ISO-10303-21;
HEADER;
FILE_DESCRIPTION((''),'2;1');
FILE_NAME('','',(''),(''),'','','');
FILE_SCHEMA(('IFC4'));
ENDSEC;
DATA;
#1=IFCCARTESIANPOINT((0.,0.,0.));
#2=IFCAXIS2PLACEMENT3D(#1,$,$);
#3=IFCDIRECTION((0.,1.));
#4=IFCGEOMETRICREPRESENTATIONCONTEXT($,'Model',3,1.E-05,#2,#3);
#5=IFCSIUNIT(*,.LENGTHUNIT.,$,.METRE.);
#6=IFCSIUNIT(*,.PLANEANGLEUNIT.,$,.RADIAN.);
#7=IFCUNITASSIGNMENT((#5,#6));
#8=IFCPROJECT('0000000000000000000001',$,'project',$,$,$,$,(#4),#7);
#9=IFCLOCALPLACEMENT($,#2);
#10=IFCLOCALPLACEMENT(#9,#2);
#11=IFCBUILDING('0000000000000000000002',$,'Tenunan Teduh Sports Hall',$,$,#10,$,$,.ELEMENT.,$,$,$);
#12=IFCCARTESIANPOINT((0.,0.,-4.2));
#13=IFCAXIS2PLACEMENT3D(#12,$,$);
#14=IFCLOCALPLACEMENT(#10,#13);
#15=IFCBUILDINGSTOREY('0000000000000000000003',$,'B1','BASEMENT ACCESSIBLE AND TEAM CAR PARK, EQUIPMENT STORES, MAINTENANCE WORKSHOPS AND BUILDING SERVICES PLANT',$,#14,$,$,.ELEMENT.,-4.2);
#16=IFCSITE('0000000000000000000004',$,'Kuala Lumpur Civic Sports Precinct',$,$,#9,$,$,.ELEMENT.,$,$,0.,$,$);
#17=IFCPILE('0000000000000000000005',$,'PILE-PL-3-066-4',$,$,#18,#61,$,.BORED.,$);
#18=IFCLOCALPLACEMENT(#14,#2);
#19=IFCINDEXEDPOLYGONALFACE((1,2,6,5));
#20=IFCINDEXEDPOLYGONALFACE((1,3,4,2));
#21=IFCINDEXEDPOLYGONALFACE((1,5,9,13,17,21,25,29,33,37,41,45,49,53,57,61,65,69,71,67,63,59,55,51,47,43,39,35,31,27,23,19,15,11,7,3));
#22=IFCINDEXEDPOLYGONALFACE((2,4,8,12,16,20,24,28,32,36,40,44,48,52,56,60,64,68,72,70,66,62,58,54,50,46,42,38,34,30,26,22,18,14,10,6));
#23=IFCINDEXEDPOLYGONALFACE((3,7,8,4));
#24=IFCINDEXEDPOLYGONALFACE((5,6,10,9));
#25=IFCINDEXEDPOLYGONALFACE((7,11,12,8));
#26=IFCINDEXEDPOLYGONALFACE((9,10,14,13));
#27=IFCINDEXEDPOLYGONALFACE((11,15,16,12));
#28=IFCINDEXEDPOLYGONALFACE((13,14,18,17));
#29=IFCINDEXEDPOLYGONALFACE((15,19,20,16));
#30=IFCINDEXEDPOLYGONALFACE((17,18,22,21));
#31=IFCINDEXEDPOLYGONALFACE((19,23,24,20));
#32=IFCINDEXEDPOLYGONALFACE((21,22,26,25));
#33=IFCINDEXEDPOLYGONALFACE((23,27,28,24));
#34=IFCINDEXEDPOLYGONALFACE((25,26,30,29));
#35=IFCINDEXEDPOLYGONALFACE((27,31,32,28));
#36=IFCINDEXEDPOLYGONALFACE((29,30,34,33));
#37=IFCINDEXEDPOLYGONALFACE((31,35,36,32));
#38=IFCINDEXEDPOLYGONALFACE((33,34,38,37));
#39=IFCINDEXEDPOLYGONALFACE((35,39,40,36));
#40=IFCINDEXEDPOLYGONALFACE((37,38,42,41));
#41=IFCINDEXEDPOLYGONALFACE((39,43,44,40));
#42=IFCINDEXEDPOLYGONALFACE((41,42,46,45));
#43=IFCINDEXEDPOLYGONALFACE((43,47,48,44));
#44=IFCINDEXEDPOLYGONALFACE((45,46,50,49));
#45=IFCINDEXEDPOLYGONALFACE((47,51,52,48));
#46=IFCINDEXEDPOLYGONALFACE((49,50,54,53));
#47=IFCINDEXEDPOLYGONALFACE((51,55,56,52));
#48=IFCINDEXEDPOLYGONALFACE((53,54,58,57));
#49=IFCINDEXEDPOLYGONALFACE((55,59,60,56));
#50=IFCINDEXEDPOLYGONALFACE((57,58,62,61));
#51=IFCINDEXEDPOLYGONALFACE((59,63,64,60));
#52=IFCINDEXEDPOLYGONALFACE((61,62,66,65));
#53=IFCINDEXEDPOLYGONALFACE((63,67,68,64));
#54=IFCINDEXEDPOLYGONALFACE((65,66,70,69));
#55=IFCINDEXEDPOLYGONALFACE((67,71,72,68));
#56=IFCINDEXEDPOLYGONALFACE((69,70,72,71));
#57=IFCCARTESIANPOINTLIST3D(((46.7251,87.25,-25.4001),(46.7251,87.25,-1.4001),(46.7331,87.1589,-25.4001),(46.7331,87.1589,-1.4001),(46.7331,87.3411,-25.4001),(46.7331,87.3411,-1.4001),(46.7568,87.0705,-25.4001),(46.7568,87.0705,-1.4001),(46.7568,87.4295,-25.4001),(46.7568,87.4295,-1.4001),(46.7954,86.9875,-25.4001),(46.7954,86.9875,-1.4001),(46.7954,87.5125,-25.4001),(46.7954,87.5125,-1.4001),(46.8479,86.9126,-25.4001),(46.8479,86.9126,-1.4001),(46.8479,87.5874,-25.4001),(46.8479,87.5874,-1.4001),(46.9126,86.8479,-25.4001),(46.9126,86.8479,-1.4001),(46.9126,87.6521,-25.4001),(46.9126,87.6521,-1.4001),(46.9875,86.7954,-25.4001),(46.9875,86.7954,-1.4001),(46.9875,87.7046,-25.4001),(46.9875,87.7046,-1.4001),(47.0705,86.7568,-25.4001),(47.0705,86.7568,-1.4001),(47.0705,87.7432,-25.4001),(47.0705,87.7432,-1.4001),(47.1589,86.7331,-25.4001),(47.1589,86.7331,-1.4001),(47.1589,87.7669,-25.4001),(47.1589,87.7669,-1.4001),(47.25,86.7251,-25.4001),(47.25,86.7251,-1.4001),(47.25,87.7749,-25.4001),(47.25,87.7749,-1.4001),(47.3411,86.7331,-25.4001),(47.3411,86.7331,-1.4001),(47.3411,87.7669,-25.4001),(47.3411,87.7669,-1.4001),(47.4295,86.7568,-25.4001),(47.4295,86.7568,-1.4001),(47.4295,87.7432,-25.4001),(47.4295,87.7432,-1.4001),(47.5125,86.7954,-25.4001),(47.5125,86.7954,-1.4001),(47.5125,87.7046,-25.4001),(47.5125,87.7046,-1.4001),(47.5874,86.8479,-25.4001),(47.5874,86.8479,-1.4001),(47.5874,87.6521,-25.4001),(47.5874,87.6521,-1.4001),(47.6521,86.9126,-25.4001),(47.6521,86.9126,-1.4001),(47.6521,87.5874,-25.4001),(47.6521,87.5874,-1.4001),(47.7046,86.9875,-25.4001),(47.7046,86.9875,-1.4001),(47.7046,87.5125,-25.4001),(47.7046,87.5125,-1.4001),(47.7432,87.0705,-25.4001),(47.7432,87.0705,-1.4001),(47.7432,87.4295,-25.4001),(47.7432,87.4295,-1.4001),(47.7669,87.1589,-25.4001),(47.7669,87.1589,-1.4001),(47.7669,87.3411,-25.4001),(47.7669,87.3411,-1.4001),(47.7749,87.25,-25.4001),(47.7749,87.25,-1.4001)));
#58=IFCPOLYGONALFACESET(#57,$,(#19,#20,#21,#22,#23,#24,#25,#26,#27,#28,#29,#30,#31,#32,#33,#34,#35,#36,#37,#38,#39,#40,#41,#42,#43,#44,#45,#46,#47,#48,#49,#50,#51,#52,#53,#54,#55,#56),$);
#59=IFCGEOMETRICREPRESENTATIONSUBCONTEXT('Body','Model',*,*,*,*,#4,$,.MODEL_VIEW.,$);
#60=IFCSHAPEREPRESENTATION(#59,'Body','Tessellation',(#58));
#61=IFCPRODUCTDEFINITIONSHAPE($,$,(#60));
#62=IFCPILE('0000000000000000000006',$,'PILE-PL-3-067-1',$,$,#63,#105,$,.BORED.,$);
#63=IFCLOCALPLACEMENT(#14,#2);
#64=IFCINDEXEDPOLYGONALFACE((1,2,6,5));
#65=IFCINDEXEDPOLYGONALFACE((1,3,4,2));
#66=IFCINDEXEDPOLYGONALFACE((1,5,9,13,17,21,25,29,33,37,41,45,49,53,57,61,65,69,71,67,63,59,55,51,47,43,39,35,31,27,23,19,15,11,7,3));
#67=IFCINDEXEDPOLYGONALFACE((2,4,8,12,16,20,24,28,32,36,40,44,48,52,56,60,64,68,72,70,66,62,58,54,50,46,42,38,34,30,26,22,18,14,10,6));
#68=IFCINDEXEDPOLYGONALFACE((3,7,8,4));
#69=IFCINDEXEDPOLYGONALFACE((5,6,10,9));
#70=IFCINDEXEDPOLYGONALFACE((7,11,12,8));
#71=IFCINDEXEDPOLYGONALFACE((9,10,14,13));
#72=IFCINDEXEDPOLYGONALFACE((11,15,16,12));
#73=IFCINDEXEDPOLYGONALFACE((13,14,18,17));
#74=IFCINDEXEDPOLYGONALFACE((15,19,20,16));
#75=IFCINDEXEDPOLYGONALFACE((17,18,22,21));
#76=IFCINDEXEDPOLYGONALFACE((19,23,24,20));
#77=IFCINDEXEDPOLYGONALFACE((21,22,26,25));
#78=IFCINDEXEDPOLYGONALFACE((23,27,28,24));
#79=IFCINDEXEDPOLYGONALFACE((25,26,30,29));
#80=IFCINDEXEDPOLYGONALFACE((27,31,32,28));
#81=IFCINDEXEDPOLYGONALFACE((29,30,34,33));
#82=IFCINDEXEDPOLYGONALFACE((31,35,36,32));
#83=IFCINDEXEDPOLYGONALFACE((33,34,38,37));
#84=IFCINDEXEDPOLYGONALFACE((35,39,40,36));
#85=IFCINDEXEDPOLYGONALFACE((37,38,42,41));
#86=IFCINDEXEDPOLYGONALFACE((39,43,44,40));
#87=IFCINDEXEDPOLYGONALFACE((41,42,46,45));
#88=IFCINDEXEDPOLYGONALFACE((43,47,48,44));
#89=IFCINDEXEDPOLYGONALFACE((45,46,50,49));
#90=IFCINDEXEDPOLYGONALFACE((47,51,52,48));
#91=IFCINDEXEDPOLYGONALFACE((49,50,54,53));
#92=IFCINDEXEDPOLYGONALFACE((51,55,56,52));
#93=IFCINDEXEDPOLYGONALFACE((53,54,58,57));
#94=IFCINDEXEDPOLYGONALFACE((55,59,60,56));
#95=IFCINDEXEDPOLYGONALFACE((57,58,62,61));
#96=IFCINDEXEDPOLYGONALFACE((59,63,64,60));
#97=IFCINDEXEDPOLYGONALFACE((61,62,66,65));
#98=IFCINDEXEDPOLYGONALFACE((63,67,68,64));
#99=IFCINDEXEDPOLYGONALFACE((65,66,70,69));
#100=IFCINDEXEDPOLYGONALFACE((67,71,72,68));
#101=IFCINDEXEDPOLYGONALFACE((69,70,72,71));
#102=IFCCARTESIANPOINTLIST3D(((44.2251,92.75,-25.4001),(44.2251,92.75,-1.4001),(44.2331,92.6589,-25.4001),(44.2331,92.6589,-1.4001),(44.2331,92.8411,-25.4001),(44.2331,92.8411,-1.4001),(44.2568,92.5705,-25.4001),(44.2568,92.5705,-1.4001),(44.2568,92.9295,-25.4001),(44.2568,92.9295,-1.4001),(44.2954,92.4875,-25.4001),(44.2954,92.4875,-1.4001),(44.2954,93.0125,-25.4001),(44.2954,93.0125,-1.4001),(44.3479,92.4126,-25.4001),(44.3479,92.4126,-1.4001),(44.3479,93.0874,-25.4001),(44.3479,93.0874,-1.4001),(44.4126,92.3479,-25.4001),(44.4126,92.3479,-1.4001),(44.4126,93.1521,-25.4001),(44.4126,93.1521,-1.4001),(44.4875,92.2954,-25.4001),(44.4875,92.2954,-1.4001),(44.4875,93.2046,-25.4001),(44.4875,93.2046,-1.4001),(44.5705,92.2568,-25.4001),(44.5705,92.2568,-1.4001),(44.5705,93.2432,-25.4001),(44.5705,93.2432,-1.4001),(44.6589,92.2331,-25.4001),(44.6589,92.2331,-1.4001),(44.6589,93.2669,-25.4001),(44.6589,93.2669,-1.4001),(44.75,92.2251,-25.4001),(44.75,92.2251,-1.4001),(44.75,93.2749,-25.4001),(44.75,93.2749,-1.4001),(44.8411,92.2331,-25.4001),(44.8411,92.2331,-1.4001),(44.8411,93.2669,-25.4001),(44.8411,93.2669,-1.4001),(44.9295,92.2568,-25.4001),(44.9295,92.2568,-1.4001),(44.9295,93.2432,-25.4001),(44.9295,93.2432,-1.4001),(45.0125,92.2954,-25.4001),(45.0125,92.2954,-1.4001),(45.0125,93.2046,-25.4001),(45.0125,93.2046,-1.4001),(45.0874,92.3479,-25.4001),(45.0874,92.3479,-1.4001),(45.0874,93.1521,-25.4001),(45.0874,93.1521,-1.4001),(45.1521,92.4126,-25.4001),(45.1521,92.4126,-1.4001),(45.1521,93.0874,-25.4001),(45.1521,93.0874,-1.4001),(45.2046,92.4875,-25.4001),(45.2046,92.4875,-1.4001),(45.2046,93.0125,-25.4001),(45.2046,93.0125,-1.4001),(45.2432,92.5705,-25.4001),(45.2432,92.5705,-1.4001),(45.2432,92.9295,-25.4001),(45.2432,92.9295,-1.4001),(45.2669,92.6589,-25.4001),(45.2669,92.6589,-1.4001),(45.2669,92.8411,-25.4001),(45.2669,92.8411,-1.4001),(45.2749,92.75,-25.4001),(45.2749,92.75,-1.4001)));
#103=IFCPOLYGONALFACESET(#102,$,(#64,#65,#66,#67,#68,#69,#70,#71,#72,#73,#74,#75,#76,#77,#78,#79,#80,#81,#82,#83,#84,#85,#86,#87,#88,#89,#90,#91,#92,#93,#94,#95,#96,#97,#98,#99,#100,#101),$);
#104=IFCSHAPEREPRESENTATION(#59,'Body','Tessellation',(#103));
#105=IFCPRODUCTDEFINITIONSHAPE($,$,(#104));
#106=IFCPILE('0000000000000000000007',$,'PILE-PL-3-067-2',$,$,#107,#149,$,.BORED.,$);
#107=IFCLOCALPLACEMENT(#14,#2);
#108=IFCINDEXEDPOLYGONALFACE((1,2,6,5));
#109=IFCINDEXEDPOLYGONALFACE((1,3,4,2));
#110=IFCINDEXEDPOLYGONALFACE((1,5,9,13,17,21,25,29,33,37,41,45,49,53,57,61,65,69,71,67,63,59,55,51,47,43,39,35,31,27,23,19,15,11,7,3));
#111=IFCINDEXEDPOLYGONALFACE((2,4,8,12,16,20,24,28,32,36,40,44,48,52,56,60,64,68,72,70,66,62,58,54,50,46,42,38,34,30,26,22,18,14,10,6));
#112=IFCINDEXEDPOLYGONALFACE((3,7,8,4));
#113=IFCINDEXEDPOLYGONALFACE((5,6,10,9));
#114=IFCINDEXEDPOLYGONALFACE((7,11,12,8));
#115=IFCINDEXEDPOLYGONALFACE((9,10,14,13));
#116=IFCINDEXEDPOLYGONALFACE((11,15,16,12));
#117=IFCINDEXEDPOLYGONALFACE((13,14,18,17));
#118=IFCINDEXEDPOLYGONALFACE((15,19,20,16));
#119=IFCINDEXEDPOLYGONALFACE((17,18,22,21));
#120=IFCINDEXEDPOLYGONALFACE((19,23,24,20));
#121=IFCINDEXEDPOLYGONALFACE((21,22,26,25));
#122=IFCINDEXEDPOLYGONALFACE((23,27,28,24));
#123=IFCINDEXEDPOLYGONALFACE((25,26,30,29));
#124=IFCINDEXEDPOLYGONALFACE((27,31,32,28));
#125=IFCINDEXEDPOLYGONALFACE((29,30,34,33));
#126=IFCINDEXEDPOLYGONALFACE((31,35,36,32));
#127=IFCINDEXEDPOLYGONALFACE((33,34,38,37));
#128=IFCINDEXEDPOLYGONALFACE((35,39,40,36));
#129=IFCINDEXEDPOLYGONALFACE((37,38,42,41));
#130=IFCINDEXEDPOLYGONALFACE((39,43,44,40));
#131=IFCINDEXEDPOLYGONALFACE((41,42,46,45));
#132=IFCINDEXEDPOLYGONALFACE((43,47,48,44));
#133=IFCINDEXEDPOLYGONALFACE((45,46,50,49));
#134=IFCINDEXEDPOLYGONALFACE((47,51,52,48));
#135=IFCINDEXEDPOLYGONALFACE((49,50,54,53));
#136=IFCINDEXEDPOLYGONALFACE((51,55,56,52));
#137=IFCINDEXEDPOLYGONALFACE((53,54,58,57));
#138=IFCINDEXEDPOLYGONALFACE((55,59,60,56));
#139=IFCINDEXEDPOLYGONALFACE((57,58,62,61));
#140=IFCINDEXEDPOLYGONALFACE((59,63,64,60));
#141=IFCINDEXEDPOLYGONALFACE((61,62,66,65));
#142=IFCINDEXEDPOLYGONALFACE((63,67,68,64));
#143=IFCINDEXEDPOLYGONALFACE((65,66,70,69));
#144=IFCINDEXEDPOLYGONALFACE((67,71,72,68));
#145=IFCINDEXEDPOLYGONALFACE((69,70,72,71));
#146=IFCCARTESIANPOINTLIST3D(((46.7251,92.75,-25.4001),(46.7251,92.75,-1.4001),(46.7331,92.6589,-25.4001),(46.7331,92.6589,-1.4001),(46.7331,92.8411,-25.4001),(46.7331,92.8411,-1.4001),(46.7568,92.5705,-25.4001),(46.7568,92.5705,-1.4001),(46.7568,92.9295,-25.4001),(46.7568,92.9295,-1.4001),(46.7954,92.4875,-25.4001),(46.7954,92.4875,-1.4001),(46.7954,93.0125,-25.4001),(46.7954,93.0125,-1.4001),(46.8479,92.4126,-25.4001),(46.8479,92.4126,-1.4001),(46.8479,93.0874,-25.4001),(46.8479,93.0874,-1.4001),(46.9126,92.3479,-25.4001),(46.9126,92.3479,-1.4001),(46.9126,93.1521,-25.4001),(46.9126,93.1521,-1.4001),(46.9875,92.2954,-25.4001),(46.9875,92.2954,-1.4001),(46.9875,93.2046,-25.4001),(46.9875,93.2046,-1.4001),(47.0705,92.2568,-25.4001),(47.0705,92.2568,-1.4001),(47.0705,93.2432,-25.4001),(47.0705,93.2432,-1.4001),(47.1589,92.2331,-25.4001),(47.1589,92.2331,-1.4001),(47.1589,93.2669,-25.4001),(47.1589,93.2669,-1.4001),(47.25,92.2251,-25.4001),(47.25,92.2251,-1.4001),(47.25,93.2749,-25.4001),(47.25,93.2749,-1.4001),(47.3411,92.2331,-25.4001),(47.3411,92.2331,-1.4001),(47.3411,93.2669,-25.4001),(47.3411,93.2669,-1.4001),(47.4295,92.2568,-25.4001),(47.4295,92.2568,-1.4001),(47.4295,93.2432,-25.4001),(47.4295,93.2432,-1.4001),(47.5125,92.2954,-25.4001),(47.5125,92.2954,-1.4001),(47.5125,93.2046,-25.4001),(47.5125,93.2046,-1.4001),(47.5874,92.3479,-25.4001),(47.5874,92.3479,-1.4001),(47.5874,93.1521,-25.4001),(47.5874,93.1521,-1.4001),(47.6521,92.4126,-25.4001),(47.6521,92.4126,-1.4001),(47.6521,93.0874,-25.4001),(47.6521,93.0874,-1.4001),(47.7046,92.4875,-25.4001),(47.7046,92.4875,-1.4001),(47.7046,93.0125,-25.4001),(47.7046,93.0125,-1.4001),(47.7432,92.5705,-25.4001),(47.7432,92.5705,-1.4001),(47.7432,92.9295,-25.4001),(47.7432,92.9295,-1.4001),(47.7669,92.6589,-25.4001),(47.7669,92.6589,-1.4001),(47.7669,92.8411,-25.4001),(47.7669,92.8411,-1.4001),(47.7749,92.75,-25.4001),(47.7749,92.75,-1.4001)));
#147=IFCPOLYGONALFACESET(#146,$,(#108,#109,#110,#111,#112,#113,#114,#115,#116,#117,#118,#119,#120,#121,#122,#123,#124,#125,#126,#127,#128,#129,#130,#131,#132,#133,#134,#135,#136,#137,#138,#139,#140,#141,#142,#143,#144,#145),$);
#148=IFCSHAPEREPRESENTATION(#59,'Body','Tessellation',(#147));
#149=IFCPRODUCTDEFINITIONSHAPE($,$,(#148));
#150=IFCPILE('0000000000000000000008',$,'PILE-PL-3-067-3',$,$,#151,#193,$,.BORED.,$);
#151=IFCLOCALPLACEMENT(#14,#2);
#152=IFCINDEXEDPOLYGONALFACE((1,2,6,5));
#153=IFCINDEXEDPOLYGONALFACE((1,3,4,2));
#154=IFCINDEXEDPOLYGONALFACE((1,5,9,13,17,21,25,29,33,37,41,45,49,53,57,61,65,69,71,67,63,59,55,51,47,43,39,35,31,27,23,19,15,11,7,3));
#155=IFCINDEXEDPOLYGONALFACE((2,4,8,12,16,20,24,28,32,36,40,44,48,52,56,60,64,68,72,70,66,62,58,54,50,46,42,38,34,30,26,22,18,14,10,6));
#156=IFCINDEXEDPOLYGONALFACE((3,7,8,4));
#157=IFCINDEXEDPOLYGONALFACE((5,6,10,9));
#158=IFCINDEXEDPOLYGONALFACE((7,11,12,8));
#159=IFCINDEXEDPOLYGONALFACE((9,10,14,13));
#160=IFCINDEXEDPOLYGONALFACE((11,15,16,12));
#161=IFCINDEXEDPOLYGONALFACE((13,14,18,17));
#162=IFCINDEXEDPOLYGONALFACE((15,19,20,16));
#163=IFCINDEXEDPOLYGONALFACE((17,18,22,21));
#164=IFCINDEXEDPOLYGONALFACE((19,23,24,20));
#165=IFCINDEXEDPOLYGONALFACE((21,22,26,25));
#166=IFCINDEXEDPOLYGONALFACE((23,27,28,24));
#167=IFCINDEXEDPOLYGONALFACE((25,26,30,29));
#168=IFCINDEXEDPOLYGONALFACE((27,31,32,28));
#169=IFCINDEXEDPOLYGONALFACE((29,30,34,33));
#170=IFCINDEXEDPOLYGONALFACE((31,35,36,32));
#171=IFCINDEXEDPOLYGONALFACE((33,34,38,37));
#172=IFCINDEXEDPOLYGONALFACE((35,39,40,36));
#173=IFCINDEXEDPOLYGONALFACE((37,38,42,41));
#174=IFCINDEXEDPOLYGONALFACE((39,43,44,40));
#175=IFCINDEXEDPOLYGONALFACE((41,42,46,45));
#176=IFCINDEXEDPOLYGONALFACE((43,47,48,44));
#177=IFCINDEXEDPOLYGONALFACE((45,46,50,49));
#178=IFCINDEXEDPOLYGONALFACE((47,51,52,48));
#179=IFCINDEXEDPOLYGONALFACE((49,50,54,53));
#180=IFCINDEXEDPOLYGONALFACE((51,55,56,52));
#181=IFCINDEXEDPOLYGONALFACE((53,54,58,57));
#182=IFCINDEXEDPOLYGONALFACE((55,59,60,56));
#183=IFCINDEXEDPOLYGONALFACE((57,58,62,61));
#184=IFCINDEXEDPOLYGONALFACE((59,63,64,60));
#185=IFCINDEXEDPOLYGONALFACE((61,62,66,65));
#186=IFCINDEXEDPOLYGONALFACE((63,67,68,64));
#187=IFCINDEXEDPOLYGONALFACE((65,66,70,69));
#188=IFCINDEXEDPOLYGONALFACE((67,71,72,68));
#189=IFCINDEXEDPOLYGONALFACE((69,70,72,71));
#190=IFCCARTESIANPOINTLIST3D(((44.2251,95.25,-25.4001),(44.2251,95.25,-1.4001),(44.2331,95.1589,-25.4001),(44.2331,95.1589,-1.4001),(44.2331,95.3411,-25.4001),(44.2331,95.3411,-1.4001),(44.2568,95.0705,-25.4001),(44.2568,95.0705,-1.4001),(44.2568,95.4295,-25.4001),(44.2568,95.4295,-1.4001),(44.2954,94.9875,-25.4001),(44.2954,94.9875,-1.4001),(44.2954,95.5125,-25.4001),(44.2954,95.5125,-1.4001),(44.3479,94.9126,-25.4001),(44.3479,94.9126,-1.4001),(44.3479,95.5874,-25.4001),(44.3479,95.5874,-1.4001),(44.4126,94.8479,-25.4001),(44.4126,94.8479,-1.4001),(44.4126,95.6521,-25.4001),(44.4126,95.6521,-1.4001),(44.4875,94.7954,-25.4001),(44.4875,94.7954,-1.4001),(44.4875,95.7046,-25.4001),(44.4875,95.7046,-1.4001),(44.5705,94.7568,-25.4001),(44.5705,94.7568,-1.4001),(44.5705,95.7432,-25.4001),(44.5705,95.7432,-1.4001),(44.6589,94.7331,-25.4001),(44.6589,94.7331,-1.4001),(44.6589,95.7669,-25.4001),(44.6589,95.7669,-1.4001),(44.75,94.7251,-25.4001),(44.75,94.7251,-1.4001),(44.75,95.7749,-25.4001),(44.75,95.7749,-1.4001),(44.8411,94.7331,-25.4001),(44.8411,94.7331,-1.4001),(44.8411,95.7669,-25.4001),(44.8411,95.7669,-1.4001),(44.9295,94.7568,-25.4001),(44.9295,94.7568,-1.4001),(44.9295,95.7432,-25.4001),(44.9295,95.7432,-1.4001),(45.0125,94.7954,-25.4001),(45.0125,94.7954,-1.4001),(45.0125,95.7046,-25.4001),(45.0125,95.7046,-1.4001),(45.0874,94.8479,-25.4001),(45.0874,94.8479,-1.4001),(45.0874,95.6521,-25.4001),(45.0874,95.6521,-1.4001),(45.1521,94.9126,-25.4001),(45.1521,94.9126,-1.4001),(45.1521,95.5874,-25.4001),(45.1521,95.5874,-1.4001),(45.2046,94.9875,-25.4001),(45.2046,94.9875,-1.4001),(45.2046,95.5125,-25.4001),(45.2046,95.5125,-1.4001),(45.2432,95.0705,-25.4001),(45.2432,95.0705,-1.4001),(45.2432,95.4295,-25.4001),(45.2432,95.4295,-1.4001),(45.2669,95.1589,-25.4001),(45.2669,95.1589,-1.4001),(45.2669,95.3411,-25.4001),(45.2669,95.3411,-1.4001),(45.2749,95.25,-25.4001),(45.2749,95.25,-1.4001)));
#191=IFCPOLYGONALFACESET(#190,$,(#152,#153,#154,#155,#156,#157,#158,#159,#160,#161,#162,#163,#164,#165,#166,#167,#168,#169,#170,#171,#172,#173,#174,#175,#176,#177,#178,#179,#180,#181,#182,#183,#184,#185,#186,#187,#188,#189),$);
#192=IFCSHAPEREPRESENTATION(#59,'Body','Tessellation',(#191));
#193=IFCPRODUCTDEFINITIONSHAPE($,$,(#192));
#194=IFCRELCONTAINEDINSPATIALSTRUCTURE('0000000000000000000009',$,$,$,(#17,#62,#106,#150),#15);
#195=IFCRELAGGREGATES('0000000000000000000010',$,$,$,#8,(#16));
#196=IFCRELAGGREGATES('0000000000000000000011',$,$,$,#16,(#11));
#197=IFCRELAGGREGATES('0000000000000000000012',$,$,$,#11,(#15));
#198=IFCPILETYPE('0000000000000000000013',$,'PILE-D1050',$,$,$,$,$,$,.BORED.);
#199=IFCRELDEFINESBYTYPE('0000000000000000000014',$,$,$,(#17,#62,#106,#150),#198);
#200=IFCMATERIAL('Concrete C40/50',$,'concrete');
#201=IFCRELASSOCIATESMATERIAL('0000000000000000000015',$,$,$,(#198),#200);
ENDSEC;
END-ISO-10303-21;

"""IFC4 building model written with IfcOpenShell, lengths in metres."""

from ifc_helpers import new_model, si_unit, direction, frame, origin, origin_2d, place, context, subcontext, project, spatial, circle, extrude, material, material_profile, profile_set, type_object, element, save


model = new_model("IFC4")

# Units and contexts
model_context = context("Model", 3, precision=1e-05, world=origin(), true_north=direction((0.0, 1.0)))
body_context = subcontext(model_context, "Body", "Model", "MODEL_VIEW")
ifc_project = project(units=[si_unit("LENGTHUNIT", "METRE"), si_unit("PLANEANGLEUNIT", "RADIAN")], contexts=[model_context])

# Site, building, storey
site_placement = place(None, origin())
site = spatial("IfcSite", under=ifc_project, at=site_placement, Name="Kuala Lumpur Civic Sports Precinct", CompositionType="ELEMENT", RefElevation=0.0)
building_placement = place(site_placement, origin())
building = spatial("IfcBuilding", under=site, at=building_placement, Name="Tenunan Teduh Sports Hall", CompositionType="ELEMENT")
storey_placement = place(building_placement, frame((0.0, 0.0, -4.2)))
storey = spatial("IfcBuildingStorey", under=building, at=storey_placement, Name="B1", Description="BASEMENT ACCESSIBLE AND TEAM CAR PARK, EQUIPMENT STORES, MAINTENANCE WORKSHOPS AND BUILDING SERVICES PLANT", CompositionType="ELEMENT", Elevation=-4.2)

# Piles
ifc_material_1 = material(Name="Concrete C40/50", Category="concrete")
ifc_material_profile_1 = material_profile(ifc_material_1, circle(Radius=0.5249, at=origin_2d()), Name="PILE D1050")
ifc_profile_set_1 = profile_set([ifc_material_profile_1], Name="Concrete C40/50")
pile_type_1 = type_object("IfcPileType", Name="PILE-D1050", PredefinedType="BORED", material=ifc_profile_set_1)
for number, where, z_axis, x_axis, name in (
    (1, (47.25, 87.25, -1.4001), (0.0, 0.0, -1.0), (1.0, 0.0, 0.0), "PILE-PL-3-066-4"),
    (2, (44.75, 92.75, -1.4001), (0.0, 0.0, -1.0), (1.0, 0.0, 0.0), "PILE-PL-3-067-1"),
    (3, (47.25, 92.75, -1.4001), (0.0, 0.0, -1.0), (1.0, 0.0, 0.0), "PILE-PL-3-067-2"),
    (4, (44.75, 95.25, -1.4001), (0.0, 0.0, -1.0), (1.0, 0.0, 0.0), "PILE-PL-3-067-3"),
):
    element("IfcPile", number, at=place(storey_placement, frame(where, z_axis=z_axis, x_axis=x_axis)), inside=storey, type_object=pile_type_1, Name=name, PredefinedType="BORED", context=body_context, shape_type="SweptSolid", body=[
        extrude(circle(Radius=0.5249, at=origin_2d()), origin(), (0.0, 0.0, 1.0), 24.0),
    ])

save(model, "model.ifc")
